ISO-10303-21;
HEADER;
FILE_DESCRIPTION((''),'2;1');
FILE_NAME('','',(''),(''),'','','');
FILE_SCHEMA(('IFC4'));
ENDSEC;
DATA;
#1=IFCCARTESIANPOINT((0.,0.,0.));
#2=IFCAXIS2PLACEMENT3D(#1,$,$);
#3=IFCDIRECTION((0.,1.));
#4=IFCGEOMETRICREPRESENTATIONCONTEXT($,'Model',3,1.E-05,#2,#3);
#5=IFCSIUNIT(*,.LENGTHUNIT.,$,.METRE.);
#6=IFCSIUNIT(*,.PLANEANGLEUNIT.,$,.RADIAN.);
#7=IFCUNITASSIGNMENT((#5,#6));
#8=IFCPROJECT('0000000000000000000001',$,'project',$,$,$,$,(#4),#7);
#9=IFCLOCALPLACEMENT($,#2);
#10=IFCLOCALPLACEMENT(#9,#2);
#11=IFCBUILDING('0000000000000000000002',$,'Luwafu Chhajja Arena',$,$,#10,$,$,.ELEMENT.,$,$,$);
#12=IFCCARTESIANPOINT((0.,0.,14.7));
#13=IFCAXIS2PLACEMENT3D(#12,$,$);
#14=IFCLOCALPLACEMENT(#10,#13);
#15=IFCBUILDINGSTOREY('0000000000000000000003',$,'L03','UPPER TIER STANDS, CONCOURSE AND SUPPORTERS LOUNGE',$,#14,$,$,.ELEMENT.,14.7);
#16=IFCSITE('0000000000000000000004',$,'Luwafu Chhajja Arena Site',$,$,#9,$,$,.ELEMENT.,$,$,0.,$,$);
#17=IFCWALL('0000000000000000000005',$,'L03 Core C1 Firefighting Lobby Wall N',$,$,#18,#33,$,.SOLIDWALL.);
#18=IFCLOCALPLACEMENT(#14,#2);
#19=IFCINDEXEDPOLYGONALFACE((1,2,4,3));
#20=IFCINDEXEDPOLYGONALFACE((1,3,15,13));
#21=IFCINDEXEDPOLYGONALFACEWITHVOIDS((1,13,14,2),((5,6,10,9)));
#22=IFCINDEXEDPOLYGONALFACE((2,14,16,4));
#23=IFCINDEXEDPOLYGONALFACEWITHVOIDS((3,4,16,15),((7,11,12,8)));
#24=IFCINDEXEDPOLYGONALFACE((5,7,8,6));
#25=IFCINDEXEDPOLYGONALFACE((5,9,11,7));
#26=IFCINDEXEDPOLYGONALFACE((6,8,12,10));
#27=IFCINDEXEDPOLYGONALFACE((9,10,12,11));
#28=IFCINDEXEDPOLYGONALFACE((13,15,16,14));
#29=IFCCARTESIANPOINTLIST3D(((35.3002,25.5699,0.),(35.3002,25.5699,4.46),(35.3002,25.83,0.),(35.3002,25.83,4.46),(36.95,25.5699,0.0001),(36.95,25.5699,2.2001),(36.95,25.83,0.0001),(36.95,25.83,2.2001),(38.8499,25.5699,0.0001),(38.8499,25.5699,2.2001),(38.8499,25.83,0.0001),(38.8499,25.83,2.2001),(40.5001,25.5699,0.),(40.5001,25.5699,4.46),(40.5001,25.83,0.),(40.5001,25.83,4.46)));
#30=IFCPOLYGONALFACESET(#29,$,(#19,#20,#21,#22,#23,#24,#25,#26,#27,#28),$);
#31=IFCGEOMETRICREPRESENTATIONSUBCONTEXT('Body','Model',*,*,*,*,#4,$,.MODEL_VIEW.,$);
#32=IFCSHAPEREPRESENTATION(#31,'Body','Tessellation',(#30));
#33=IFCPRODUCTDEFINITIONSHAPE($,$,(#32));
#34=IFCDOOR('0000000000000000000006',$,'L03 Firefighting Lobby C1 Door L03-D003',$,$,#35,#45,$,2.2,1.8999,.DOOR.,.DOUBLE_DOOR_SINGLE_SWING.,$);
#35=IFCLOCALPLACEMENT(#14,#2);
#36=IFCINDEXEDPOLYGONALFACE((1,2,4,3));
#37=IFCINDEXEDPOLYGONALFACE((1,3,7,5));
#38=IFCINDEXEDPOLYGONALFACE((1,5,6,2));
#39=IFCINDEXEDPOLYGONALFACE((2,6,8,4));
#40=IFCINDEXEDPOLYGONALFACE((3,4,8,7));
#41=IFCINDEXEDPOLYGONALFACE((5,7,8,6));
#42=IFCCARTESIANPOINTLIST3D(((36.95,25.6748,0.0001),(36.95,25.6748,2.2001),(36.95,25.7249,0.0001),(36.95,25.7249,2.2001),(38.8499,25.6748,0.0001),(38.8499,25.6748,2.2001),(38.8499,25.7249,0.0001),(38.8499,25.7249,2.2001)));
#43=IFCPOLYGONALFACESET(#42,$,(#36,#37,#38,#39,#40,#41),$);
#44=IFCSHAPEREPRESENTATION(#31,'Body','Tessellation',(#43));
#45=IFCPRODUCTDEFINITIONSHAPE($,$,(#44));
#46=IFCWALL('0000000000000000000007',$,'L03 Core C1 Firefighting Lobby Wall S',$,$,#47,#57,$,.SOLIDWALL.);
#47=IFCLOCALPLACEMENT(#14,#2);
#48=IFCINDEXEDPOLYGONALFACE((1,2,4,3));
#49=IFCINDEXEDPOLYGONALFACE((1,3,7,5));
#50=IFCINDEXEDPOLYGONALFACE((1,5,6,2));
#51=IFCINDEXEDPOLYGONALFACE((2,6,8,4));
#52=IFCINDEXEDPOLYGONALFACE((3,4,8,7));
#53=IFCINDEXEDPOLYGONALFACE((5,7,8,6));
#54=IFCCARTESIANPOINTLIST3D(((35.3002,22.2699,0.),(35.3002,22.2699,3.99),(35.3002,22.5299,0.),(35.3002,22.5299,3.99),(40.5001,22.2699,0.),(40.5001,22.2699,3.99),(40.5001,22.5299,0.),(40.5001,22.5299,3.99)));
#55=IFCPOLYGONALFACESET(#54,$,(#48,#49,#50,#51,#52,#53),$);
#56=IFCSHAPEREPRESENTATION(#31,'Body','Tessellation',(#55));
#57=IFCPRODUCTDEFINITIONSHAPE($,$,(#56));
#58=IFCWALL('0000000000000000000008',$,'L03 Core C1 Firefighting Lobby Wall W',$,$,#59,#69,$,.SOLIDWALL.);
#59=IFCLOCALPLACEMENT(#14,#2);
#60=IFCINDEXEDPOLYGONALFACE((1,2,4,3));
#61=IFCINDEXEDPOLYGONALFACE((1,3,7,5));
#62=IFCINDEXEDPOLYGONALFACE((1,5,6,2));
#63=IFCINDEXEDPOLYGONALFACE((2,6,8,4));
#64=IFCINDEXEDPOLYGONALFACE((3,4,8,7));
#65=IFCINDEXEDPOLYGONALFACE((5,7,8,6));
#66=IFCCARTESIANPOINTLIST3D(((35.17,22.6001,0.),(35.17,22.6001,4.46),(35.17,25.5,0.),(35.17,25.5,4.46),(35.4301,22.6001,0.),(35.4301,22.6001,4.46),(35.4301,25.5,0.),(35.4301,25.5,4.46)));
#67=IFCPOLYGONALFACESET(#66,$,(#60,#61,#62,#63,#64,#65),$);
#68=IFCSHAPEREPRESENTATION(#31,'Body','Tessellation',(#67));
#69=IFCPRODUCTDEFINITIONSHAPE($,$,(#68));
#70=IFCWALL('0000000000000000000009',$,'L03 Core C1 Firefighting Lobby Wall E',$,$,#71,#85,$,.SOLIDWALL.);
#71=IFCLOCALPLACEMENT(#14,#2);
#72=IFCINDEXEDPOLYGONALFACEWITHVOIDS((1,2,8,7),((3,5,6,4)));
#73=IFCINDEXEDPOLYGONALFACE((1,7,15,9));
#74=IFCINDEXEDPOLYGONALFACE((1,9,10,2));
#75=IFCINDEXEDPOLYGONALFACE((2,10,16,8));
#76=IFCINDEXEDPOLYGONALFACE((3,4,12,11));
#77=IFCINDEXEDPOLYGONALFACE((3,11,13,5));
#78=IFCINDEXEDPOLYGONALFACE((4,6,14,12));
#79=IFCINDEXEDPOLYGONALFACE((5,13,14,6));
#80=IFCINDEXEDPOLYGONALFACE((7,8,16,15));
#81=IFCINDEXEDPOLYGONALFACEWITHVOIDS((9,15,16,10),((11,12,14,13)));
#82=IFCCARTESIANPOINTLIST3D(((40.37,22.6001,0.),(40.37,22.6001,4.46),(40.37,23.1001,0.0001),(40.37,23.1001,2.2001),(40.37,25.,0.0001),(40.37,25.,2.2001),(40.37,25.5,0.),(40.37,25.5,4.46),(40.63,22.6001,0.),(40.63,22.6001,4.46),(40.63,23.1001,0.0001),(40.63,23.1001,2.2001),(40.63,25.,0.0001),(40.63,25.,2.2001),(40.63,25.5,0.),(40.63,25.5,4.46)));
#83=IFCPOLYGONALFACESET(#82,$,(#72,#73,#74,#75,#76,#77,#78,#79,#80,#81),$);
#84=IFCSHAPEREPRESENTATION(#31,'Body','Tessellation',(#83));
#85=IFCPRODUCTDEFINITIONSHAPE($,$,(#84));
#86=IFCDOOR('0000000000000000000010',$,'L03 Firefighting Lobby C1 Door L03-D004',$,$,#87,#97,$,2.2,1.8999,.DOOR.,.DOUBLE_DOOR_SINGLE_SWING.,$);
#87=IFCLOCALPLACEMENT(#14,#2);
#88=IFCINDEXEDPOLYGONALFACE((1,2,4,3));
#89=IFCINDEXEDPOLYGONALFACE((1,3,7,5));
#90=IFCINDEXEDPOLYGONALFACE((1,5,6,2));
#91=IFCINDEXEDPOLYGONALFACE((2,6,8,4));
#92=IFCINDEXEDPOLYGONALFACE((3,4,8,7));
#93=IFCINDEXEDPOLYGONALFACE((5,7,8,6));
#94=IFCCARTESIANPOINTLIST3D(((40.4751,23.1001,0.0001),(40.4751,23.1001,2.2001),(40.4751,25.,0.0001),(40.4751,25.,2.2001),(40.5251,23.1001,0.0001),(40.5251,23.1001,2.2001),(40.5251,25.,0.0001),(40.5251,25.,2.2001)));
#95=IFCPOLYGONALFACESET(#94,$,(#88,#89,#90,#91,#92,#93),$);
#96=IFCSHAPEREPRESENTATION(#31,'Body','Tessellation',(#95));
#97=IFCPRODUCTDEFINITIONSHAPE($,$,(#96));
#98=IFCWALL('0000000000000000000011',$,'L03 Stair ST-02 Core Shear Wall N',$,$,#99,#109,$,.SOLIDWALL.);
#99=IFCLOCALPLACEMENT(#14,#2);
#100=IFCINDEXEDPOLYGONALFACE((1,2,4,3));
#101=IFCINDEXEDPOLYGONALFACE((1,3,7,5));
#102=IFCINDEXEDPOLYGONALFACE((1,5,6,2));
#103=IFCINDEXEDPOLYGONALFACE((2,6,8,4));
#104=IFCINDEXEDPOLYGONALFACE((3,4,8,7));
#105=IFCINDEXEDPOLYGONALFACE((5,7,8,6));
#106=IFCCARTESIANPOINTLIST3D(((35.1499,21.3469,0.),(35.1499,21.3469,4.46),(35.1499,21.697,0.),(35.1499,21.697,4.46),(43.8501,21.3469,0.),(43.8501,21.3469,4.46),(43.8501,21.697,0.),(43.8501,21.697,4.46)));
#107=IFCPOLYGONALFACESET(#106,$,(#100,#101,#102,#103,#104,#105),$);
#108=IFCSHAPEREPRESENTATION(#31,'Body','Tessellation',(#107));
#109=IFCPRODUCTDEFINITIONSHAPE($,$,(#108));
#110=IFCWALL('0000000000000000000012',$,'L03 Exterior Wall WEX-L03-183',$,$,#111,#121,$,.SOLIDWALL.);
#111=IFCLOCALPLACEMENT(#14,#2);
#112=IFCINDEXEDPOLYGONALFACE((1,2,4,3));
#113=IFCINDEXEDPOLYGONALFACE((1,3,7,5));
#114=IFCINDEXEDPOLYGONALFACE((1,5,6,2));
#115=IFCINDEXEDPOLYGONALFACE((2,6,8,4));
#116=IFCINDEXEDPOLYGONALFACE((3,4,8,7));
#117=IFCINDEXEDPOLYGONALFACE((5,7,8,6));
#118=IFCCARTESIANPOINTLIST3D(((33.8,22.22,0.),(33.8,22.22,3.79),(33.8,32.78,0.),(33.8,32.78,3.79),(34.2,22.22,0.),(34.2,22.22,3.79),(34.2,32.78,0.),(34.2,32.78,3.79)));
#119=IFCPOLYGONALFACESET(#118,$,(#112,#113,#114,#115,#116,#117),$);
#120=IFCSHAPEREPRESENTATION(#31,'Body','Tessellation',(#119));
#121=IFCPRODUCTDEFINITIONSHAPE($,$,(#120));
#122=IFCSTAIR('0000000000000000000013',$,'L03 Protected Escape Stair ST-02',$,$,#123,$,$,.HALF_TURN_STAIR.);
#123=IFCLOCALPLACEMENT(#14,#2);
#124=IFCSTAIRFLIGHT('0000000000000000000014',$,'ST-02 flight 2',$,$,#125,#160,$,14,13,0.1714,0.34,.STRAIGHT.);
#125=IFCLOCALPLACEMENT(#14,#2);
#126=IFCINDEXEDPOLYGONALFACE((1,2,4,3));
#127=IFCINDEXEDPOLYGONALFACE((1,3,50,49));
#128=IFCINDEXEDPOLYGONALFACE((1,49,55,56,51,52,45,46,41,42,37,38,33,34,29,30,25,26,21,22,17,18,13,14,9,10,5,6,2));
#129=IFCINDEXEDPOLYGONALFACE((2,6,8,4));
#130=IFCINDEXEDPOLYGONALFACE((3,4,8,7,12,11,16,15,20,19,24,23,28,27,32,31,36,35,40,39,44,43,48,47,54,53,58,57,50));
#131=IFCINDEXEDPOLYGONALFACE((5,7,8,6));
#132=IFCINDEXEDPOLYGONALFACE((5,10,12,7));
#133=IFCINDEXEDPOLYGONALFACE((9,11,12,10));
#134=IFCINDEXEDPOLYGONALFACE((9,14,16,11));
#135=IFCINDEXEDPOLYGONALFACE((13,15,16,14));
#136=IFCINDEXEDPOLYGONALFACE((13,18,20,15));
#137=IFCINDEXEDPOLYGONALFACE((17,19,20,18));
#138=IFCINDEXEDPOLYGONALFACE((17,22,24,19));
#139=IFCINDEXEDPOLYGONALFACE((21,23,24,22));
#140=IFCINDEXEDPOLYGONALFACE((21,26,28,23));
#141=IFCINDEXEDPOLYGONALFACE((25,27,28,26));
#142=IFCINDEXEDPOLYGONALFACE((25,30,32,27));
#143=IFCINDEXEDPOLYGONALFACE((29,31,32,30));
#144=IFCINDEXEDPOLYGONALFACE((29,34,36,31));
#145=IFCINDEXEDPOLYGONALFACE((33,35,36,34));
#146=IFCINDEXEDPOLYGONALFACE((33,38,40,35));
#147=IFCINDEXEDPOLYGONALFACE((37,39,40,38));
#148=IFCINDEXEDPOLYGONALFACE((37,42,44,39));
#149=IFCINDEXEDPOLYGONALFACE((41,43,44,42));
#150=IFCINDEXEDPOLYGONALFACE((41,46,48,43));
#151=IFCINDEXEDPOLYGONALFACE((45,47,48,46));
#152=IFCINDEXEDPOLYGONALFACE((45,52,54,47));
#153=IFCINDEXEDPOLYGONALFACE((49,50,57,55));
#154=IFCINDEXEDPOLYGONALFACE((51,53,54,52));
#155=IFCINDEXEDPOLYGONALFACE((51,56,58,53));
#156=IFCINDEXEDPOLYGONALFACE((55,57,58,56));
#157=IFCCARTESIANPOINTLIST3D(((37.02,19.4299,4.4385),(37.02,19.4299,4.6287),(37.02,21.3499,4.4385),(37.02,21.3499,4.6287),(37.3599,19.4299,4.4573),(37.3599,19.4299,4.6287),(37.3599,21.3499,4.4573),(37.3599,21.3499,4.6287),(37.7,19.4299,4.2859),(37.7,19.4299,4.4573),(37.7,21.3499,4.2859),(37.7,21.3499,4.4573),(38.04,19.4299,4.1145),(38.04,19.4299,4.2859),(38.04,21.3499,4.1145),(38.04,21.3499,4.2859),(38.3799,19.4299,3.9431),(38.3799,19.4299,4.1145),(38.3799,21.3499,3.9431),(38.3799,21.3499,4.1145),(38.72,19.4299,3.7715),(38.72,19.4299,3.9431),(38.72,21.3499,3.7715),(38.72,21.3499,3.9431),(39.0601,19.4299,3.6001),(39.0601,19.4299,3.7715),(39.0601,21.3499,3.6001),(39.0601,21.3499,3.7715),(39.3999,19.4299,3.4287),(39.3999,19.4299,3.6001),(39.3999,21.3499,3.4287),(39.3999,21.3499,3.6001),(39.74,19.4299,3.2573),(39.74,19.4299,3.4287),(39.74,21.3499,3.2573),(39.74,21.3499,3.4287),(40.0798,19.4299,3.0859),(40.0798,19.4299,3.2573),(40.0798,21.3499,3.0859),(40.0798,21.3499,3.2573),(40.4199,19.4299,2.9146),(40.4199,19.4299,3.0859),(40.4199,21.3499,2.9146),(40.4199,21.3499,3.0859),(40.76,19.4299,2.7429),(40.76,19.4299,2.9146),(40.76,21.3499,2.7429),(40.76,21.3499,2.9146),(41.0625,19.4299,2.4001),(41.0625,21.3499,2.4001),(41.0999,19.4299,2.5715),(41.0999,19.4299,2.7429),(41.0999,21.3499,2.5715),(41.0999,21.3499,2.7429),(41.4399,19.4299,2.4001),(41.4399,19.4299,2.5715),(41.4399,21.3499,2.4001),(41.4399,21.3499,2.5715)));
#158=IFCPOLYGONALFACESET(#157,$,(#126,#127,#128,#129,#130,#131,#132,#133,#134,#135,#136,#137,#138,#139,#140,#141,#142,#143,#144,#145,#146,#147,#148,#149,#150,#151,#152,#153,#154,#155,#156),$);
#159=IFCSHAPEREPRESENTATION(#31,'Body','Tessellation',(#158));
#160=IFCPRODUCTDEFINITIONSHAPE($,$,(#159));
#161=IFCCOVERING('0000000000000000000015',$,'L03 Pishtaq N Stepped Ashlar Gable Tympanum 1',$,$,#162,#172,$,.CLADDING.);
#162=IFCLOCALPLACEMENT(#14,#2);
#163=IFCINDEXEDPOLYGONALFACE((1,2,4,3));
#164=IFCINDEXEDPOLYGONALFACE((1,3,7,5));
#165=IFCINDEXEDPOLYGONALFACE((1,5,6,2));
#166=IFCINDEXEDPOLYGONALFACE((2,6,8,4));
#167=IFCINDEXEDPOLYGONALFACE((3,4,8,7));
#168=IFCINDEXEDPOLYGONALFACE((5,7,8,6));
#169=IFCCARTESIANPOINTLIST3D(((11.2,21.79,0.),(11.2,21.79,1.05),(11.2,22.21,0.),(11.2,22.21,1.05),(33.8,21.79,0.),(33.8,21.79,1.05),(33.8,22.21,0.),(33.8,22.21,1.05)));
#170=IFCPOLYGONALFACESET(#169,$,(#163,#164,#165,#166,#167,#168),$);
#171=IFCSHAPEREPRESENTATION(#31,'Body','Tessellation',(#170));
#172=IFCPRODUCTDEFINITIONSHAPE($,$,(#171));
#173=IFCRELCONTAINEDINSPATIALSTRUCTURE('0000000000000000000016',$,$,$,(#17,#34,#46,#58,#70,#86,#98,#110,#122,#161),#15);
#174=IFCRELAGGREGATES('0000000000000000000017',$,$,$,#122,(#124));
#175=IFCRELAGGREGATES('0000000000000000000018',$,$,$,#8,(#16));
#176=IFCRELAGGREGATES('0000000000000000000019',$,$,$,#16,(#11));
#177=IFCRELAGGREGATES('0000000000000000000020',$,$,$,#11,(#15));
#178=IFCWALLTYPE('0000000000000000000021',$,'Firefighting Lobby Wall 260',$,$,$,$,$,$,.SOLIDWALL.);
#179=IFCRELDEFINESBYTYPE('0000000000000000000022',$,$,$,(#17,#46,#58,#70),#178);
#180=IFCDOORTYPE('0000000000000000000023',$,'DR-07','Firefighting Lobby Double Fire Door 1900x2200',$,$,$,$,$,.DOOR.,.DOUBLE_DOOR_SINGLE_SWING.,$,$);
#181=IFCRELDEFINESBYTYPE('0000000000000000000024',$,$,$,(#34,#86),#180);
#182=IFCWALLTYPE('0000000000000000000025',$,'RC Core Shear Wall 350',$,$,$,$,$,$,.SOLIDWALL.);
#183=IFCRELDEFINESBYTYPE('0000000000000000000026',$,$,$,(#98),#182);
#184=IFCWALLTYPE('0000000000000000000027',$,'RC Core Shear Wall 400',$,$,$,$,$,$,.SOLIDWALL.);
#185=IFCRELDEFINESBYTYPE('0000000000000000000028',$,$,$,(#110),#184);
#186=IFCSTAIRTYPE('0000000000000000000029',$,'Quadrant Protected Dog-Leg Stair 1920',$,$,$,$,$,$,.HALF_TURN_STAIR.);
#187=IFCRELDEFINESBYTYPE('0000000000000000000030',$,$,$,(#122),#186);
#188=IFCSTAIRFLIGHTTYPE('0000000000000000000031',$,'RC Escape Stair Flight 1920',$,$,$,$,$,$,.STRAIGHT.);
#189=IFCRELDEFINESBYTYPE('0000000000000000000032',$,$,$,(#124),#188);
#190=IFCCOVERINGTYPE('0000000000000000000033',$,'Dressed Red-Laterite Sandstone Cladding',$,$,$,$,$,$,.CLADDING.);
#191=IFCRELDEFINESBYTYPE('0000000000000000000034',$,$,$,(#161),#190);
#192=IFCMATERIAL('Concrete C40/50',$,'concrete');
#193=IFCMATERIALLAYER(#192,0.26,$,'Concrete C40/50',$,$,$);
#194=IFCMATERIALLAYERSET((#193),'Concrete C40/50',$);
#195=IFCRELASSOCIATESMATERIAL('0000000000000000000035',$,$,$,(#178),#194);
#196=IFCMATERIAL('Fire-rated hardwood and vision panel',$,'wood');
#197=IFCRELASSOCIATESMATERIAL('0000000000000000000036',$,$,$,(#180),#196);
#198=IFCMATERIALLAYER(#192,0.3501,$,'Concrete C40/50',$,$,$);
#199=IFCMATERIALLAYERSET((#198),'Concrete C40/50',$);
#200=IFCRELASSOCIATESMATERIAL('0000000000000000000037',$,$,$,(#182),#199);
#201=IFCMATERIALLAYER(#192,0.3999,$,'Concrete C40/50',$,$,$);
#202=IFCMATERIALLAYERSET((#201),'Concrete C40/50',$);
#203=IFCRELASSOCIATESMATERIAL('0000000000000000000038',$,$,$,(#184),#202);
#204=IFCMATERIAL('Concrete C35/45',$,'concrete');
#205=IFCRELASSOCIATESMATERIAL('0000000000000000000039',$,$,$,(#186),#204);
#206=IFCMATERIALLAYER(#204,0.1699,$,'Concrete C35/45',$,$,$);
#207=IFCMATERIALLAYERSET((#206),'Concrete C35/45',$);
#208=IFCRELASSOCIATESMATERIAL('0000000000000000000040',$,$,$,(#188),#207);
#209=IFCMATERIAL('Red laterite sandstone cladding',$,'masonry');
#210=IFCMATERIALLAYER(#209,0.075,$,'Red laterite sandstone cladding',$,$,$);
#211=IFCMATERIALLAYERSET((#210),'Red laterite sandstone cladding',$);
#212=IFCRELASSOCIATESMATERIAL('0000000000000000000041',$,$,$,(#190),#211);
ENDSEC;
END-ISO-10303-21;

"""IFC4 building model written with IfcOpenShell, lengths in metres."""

from ifc_helpers import new_model, si_unit, direction, frame, frame_2d, origin, origin_2d, place, context, subcontext, project, spatial, polyline, rectangle, outline, extrude, material, layer, layer_set, type_object, element, fill, aggregate, save


model = new_model("IFC4")

# Units and contexts
model_context = context("Model", 3, precision=1e-05, world=origin(), true_north=direction((0.0, 1.0)))
body_context = subcontext(model_context, "Body", "Model", "MODEL_VIEW")
ifc_project = project(units=[si_unit("LENGTHUNIT", "METRE"), si_unit("PLANEANGLEUNIT", "RADIAN")], contexts=[model_context])

# Site, building, storey
site_placement = place(None, origin())
site = spatial("IfcSite", under=ifc_project, at=site_placement, Name="Luwafu Chhajja Arena Site", CompositionType="ELEMENT", RefElevation=0.0)
building_placement = place(site_placement, origin())
building = spatial("IfcBuilding", under=site, at=building_placement, Name="Luwafu Chhajja Arena", CompositionType="ELEMENT")
storey_placement = place(building_placement, frame((0.0, 0.0, 14.7)))
storey = spatial("IfcBuildingStorey", under=building, at=storey_placement, Name="L03", Description="UPPER TIER STANDS, CONCOURSE AND SUPPORTERS LOUNGE", CompositionType="ELEMENT", Elevation=14.7)

# Shared definitions
ifc_material_1 = material(Name="Concrete C35/45", Category="concrete")

# Wall, opening, door
ifc_material_2 = material(Name="Concrete C40/50", Category="concrete")
ifc_layer_1 = layer(ifc_material_2, 0.26, Name="Concrete C40/50")
ifc_layer_set_1 = layer_set([ifc_layer_1], Name="Concrete C40/50")
wall_type_1 = type_object("IfcWallType", Name="Firefighting Lobby Wall 260", PredefinedType="SOLIDWALL", material=ifc_layer_set_1)
wall_1_placement = place(storey_placement, frame((35.3, 25.7, 0.0), z_axis=(0.0, 0.0, 1.0), x_axis=(1.0, 0.0, 0.0)))
wall_1 = element("IfcWall", 1, at=wall_1_placement, inside=storey, type_object=wall_type_1, Name="L03 Core C1 Firefighting Lobby Wall N", PredefinedType="SOLIDWALL", context=body_context, shape_type="SweptSolid", body=[
    extrude(rectangle(XDim=5.2, YDim=0.26, at=frame_2d((2.6001, 0.0))), origin(), (0.0, 0.0, 1.0), 4.46),
])
opening_1_placement = place(wall_1_placement, frame((1.6499, 0.0, 0.0)))
opening_1 = element("IfcOpeningElement", 2, at=opening_1_placement, cuts=wall_1, PredefinedType="OPENING", context=body_context, shape_type="SweptSolid", body=[
    extrude(rectangle(XDim=1.8999, YDim=2.2, at=frame_2d((0.95, 1.1001))), frame((0.0, 0.1399, 0.0), z_axis=(0.0, -1.0, 0.0), x_axis=(1.0, 0.0, 0.0)), (0.0, 0.0, 1.0), 0.28),
])
ifc_material_3 = material(Name="Fire-rated hardwood and vision panel", Category="wood")
door_type = type_object("IfcDoorType", Name="DR-07", Description="Firefighting Lobby Double Fire Door 1900x2200", OperationType="DOUBLE_DOOR_SINGLE_SWING", PredefinedType="DOOR", material=ifc_material_3)
door_1_placement = place(opening_1_placement, origin())
door_1 = element("IfcDoor", 3, at=door_1_placement, inside=storey, type_object=door_type, Name="L03 Firefighting Lobby C1 Door L03-D003", OperationType="DOUBLE_DOOR_SINGLE_SWING", OverallHeight=2.2, OverallWidth=1.8999, PredefinedType="DOOR", context=body_context, shape_type="SweptSolid", body=[
    extrude(rectangle(XDim=1.8999, YDim=2.2, at=frame_2d((0.95, 1.1001))), frame((0.0, 0.0249, 0.0), z_axis=(0.0, -1.0, 0.0), x_axis=(1.0, 0.0, 0.0)), (0.0, 0.0, 1.0), 0.05),
])
fill(opening_1, door_1)

# Walls
wall_2_placement = place(storey_placement, frame((35.3, 22.3999, 0.0), z_axis=(0.0, 0.0, 1.0), x_axis=(1.0, 0.0, 0.0)))
element("IfcWall", 4, at=wall_2_placement, inside=storey, type_object=wall_type_1, Name="L03 Core C1 Firefighting Lobby Wall S", PredefinedType="SOLIDWALL", context=body_context, shape_type="SweptSolid", body=[
    extrude(rectangle(XDim=5.2, YDim=0.26, at=frame_2d((2.6001, 0.0))), origin(), (0.0, 0.0, 1.0), 3.99),
])
wall_3_placement = place(storey_placement, frame((35.3, 22.6001, 0.0), z_axis=(0.0, 0.0, 1.0), x_axis=(0.0, 1.0, 0.0)))
element("IfcWall", 5, at=wall_3_placement, inside=storey, type_object=wall_type_1, Name="L03 Core C1 Firefighting Lobby Wall W", PredefinedType="SOLIDWALL", context=body_context, shape_type="SweptSolid", body=[
    extrude(rectangle(XDim=2.8999, YDim=0.26, at=frame_2d((1.45, 0.0))), origin(), (0.0, 0.0, 1.0), 4.46),
])

# Wall, opening, door
wall_4_placement = place(storey_placement, frame((40.5, 22.6001, 0.0), z_axis=(0.0, 0.0, 1.0), x_axis=(0.0, 1.0, 0.0)))
wall_4 = element("IfcWall", 6, at=wall_4_placement, inside=storey, type_object=wall_type_1, Name="L03 Core C1 Firefighting Lobby Wall E", PredefinedType="SOLIDWALL", context=body_context, shape_type="SweptSolid", body=[
    extrude(rectangle(XDim=2.8999, YDim=0.26, at=frame_2d((1.45, 0.0))), origin(), (0.0, 0.0, 1.0), 4.46),
])
opening_2_placement = place(wall_4_placement, frame((0.5, 0.0, 0.0)))
opening_2 = element("IfcOpeningElement", 7, at=opening_2_placement, cuts=wall_4, PredefinedType="OPENING", context=body_context, shape_type="SweptSolid", body=[
    extrude(rectangle(XDim=1.8999, YDim=2.2, at=frame_2d((0.95, 1.1001))), frame((0.0, 0.1399, 0.0), z_axis=(0.0, -1.0, 0.0), x_axis=(1.0, 0.0, 0.0)), (0.0, 0.0, 1.0), 0.28),
])
door_2_placement = place(opening_2_placement, origin())
door_2 = element("IfcDoor", 8, at=door_2_placement, inside=storey, type_object=door_type, Name="L03 Firefighting Lobby C1 Door L03-D004", OperationType="DOUBLE_DOOR_SINGLE_SWING", OverallHeight=2.2, OverallWidth=1.8999, PredefinedType="DOOR", context=body_context, shape_type="SweptSolid", body=[
    extrude(rectangle(XDim=1.8999, YDim=2.2, at=frame_2d((0.95, 1.1001))), frame((0.0, 0.0249, 0.0), z_axis=(0.0, -1.0, 0.0), x_axis=(1.0, 0.0, 0.0)), (0.0, 0.0, 1.0), 0.05),
])
fill(opening_2, door_2)

# Walls
ifc_layer_2 = layer(ifc_material_2, 0.3501, Name="Concrete C40/50")
ifc_layer_set_2 = layer_set([ifc_layer_2], Name="Concrete C40/50")
wall_type_2 = type_object("IfcWallType", Name="RC Core Shear Wall 350", PredefinedType="SOLIDWALL", material=ifc_layer_set_2)
wall_5_placement = place(storey_placement, frame((35.1499, 21.522, 0.0), z_axis=(0.0, 0.0, 1.0), x_axis=(1.0, 0.0, 0.0)))
element("IfcWall", 9, at=wall_5_placement, inside=storey, type_object=wall_type_2, Name="L03 Stair ST-02 Core Shear Wall N", PredefinedType="SOLIDWALL", context=body_context, shape_type="SweptSolid", body=[
    extrude(rectangle(XDim=8.7002, YDim=0.3501, at=frame_2d((4.3501, 0.0))), origin(), (0.0, 0.0, 1.0), 4.46),
])
ifc_layer_3 = layer(ifc_material_2, 0.3999, Name="Concrete C40/50")
ifc_layer_set_3 = layer_set([ifc_layer_3], Name="Concrete C40/50")
wall_type_3 = type_object("IfcWallType", Name="RC Core Shear Wall 400", PredefinedType="SOLIDWALL", material=ifc_layer_set_3)
wall_6_placement = place(storey_placement, frame((34.0, 22.22, 0.0), z_axis=(0.0, 0.0, 1.0), x_axis=(0.0, 1.0, 0.0)))
element("IfcWall", 10, at=wall_6_placement, inside=storey, type_object=wall_type_3, Name="L03 Exterior Wall WEX-L03-183", PredefinedType="SOLIDWALL", context=body_context, shape_type="SweptSolid", body=[
    extrude(rectangle(XDim=10.5601, YDim=0.3999, at=frame_2d((5.28, 0.0))), origin(), (0.0, 0.0, 1.0), 3.79),
])

# Stair, stair flight
stair_type = type_object("IfcStairType", Name="Quadrant Protected Dog-Leg Stair 1920", PredefinedType="HALF_TURN_STAIR", material=ifc_material_1)
stair_placement = place(storey_placement, origin())
stair = element("IfcStair", 11, at=stair_placement, inside=storey, type_object=stair_type, Name="L03 Protected Escape Stair ST-02", PredefinedType="HALF_TURN_STAIR")
ifc_layer_4 = layer(ifc_material_1, 0.1699, Name="Concrete C35/45")
ifc_layer_set_4 = layer_set([ifc_layer_4], Name="Concrete C35/45")
stair_flight_type = type_object("IfcStairFlightType", Name="RC Escape Stair Flight 1920", PredefinedType="STRAIGHT", material=ifc_layer_set_4)
stair_flight_placement = place(storey_placement, frame((41.4399, 20.3899, 2.4001), z_axis=(0.0, 0.0, 1.0), x_axis=(-1.0, 0.0, 0.0)))
stair_flight = element("IfcStairFlight", 12, at=stair_flight_placement, type_object=stair_flight_type, Name="ST-02 flight 2", NumberOfRisers=14, NumberOfTreads=13, PredefinedType="STRAIGHT", RiserHeight=0.1714, TreadLength=0.34, context=body_context, shape_type="SweptSolid", body=[
    extrude(outline(polyline([(0.0, 0.0), (0.0, 0.1714), (0.3401, 0.1714), (0.3401, 0.3428), (0.6799, 0.3428), (0.6799, 0.5144), (1.02, 0.5144), (1.02, 0.6858), (1.3601, 0.6858), (1.3601, 0.8572), (1.7, 0.8572), (1.7, 1.0286), (2.04, 1.0286), (2.04, 1.2), (2.3799, 1.2), (2.3799, 1.3713), (2.72, 1.3713), (2.72, 1.543), (3.0601, 1.543), (3.0601, 1.7144), (3.3999, 1.7144), (3.3999, 1.8857), (3.74, 1.8857), (3.74, 2.0571), (4.0801, 2.0571), (4.0801, 2.2285), (4.4199, 2.2285), (4.4199, 2.3999), (4.4199, 2.0383), (0.3774, 0.0), (0.0, 0.0)])), frame((0.0, 0.96, 0.0), z_axis=(0.0, -1.0, 0.0), x_axis=(1.0, 0.0, 0.0)), (0.0, 0.0, 1.0), 1.9199),
])
aggregate(stair, [stair_flight])

# Covering
ifc_material_4 = material(Name="Red laterite sandstone cladding", Category="masonry")
ifc_layer_5 = layer(ifc_material_4, 0.075, Name="Red laterite sandstone cladding")
ifc_layer_set_5 = layer_set([ifc_layer_5], Name="Red laterite sandstone cladding")
covering_type = type_object("IfcCoveringType", Name="Dressed Red-Laterite Sandstone Cladding", PredefinedType="CLADDING", material=ifc_layer_set_5)
covering_1_placement = place(storey_placement, frame((22.5, 22.0, 0.0), z_axis=(0.0, 0.0, 1.0), x_axis=(1.0, 0.0, 0.0)))
element("IfcCovering", 13, at=covering_1_placement, inside=storey, type_object=covering_type, Name="L03 Pishtaq N Stepped Ashlar Gable Tympanum 1", PredefinedType="CLADDING", context=body_context, shape_type="SweptSolid", body=[
    extrude(rectangle(XDim=22.6001, YDim=0.4199, at=origin_2d()), origin(), (0.0, 0.0, 1.0), 1.05),
])

save(model, "model.ifc")
